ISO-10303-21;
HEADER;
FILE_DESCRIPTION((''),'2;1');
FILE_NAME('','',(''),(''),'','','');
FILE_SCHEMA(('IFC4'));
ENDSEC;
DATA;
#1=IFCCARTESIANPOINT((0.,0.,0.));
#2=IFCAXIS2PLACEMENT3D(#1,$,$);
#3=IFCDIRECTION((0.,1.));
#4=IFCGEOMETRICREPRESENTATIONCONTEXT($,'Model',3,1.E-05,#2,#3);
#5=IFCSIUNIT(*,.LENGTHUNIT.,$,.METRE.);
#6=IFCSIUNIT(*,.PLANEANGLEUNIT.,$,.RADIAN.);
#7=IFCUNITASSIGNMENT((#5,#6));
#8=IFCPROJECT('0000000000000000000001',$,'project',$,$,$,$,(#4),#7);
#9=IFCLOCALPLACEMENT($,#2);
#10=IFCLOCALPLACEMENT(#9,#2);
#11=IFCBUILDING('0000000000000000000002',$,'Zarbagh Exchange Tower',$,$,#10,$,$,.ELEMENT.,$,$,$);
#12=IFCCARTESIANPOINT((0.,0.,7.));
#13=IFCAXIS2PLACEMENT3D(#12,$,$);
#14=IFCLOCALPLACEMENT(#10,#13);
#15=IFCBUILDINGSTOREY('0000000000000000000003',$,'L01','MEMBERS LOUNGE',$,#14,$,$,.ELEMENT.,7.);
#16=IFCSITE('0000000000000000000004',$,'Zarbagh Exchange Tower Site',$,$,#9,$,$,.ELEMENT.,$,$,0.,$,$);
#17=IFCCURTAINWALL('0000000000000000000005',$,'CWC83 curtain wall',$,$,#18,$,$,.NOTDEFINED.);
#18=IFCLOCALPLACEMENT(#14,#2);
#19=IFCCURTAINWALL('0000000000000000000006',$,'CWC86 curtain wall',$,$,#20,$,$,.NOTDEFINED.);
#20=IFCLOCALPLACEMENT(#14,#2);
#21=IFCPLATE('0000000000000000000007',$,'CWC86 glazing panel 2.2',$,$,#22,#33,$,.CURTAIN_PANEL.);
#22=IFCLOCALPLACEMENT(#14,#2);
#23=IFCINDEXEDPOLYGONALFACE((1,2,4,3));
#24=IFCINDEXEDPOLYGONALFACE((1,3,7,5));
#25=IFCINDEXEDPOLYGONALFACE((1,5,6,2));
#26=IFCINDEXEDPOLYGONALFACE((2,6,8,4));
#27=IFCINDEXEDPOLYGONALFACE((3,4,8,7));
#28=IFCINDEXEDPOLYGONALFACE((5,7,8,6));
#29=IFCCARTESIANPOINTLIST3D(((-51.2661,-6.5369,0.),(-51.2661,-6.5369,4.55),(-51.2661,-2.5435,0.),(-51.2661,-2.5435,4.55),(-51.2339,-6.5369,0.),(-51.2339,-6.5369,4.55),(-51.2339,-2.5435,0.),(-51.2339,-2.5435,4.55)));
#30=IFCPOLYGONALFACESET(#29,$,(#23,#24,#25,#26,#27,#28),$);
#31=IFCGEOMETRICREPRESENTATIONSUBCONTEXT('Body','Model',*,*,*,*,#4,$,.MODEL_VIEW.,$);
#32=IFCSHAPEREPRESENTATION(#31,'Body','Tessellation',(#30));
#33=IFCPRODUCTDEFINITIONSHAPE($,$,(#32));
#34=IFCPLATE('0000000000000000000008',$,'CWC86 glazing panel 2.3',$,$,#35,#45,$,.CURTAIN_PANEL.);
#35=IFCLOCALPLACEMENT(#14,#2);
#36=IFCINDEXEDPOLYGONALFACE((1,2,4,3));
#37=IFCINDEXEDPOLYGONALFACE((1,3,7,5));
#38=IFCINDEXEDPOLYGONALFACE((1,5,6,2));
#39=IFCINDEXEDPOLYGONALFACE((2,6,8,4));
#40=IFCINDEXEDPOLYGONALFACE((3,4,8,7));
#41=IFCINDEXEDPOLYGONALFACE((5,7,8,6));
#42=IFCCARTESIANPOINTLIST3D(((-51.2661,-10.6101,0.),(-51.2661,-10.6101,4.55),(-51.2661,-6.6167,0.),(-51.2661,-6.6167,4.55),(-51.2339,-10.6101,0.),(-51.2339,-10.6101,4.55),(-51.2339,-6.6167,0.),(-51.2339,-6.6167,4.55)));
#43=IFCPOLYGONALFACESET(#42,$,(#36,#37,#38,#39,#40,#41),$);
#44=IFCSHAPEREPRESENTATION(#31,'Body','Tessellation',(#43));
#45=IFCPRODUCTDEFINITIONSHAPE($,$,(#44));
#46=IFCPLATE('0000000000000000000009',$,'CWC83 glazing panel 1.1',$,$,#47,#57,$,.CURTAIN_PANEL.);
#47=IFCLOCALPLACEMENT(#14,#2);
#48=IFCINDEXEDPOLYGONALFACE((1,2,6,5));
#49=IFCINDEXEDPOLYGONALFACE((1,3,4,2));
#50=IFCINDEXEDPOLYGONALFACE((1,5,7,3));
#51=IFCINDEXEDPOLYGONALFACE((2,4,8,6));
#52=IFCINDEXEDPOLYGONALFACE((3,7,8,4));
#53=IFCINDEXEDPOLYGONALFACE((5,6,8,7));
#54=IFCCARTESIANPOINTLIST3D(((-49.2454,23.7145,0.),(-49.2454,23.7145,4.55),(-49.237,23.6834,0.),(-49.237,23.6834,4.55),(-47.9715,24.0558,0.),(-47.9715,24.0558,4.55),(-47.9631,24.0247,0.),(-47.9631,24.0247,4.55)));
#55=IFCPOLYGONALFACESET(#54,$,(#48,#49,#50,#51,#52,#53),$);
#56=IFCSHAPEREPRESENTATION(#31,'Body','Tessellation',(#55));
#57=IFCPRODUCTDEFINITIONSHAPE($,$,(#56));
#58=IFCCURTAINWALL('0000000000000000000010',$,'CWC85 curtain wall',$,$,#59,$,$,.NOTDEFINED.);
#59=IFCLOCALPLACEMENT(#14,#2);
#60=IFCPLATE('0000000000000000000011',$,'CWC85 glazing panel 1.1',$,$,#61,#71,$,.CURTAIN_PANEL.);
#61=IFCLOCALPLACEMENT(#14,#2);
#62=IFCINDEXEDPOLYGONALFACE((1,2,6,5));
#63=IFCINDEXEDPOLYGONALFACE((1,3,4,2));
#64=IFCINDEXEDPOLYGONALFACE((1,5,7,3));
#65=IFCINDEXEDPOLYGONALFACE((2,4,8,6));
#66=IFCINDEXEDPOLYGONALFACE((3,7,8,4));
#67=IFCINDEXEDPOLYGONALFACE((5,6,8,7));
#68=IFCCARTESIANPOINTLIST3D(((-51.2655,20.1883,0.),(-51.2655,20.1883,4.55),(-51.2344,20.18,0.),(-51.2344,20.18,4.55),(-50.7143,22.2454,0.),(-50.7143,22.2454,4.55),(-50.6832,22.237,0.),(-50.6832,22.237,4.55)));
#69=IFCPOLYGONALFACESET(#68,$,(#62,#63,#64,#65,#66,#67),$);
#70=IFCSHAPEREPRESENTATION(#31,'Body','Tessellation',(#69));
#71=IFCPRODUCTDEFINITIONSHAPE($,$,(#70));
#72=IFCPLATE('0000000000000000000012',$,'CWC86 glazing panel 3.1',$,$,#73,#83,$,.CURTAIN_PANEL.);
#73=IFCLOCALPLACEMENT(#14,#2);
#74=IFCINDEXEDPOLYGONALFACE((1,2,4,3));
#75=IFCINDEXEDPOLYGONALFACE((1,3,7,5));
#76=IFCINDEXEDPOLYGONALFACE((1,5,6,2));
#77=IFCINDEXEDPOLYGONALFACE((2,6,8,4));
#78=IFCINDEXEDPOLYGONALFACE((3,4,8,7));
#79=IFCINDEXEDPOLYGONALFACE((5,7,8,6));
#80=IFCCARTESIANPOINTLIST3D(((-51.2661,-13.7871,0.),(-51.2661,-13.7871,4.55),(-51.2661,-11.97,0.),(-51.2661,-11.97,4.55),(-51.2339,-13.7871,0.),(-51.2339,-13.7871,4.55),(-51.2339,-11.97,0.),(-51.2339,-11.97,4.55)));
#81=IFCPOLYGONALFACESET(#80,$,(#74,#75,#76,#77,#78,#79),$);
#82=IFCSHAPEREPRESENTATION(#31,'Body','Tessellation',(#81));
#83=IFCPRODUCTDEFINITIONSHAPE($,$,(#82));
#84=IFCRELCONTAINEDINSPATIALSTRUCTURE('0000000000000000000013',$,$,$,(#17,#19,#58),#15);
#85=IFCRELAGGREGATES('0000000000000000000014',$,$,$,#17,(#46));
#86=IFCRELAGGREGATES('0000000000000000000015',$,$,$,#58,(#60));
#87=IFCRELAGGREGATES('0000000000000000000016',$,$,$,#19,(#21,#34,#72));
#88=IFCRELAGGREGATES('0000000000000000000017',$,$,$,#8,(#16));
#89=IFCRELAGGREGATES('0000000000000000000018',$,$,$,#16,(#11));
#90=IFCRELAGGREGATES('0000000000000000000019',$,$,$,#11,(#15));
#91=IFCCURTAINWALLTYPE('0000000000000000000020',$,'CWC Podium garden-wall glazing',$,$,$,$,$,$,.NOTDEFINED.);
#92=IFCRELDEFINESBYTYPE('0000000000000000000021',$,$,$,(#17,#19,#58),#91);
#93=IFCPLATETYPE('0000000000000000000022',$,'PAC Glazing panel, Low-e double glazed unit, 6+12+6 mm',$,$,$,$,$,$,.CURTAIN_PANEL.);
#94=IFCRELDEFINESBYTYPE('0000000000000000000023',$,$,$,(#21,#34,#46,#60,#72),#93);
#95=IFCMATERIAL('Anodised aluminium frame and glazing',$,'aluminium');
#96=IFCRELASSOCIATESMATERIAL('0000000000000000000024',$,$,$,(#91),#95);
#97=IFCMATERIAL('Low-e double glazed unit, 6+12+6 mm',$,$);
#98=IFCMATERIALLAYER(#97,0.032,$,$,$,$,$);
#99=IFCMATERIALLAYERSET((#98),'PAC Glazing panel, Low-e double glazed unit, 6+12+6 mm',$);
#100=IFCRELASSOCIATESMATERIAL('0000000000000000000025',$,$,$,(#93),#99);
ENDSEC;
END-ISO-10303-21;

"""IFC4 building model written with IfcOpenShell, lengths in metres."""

from ifc_helpers import new_model, si_unit, direction, frame, origin, place, context, subcontext, project, spatial, polyline, outline, extrude, source, transform, mapped, material, layer, layer_set, type_object, element, aggregate, save


model = new_model("IFC4")

# Units and contexts
model_context = context("Model", 3, precision=1e-05, world=origin(), true_north=direction((0.0, 1.0)))
body_context = subcontext(model_context, "Body", "Model", "MODEL_VIEW")
ifc_project = project(units=[si_unit("LENGTHUNIT", "METRE"), si_unit("PLANEANGLEUNIT", "RADIAN")], contexts=[model_context])

# Site, building, storey
site_placement = place(None, origin())
site = spatial("IfcSite", under=ifc_project, at=site_placement, Name="Zarbagh Exchange Tower Site", CompositionType="ELEMENT", RefElevation=0.0)
building_placement = place(site_placement, origin())
building = spatial("IfcBuilding", under=site, at=building_placement, Name="Zarbagh Exchange Tower", CompositionType="ELEMENT")
storey_placement = place(building_placement, frame((0.0, 0.0, 7.0)))
storey = spatial("IfcBuildingStorey", under=building, at=storey_placement, Name="L01", Description="MEMBERS LOUNGE", CompositionType="ELEMENT", Elevation=7.0)

# Curtain wall
ifc_material_1 = material(Name="Anodised aluminium frame and glazing", Category="aluminium")
curtain_wall_type = type_object("IfcCurtainWallType", Name="CWC Podium garden-wall glazing", PredefinedType="NOTDEFINED", material=ifc_material_1)
curtain_wall_1_placement = place(storey_placement, origin())
curtain_wall_1 = element("IfcCurtainWall", 1, at=curtain_wall_1_placement, inside=storey, type_object=curtain_wall_type, Name="CWC83 curtain wall", PredefinedType="NOTDEFINED")
placement = place(storey_placement, origin())

# Curtain wall
curtain_wall_2_placement = place(storey_placement, origin())
curtain_wall_2 = element("IfcCurtainWall", 2, at=curtain_wall_2_placement, inside=storey, type_object=curtain_wall_type, Name="CWC86 curtain wall", PredefinedType="NOTDEFINED")

# Shared definitions
ifc_material_2 = material(Name="Low-e double glazed unit, 6+12+6 mm")
ifc_layer = layer(ifc_material_2, 0.032)
ifc_layer_set = layer_set([ifc_layer], Name="PAC Glazing panel, Low-e double glazed unit, 6+12+6 mm")
plate_type = type_object("IfcPlateType", Name="PAC Glazing panel, Low-e double glazed unit, 6+12+6 mm", PredefinedType="CURTAIN_PANEL", material=ifc_layer_set)

# Plates
shared_shape_1 = source(origin(), body_context, "Body", "SweptSolid", [
    extrude(outline(polyline([(0.0, -0.0161), (3.9934, -0.0161), (3.9934, 0.0161), (0.0, 0.0161), (0.0, -0.0161)])), origin(), (0.0, 0.0, 1.0), 4.55),
])
plate_1 = element("IfcPlate", 3, at=placement, type_object=plate_type, Name="CWC86 glazing panel 2.2", PredefinedType="CURTAIN_PANEL", context=body_context, shape_type="MappedRepresentation", body=[
    mapped(shared_shape_1, transform((-51.25, -2.5435, 0.0), x_axis=(0.0, -1.0, 0.0), y_axis=(1.0, 0.0, 0.0), z_axis=(0.0, 0.0, 1.0))),
])
plate_2 = element("IfcPlate", 4, at=placement, type_object=plate_type, Name="CWC86 glazing panel 2.3", PredefinedType="CURTAIN_PANEL", context=body_context, shape_type="MappedRepresentation", body=[
    mapped(shared_shape_1, transform((-51.25, -6.6167, 0.0), x_axis=(0.0, -1.0, 0.0), y_axis=(1.0, 0.0, 0.0), z_axis=(0.0, 0.0, 1.0))),
])
shared_shape_2 = source(origin(), body_context, "Body", "SweptSolid", [
    extrude(outline(polyline([(0.0, -0.0161), (1.3188, -0.0161), (1.3188, 0.0161), (0.0, 0.0161), (0.0, -0.0161)])), origin(), (0.0, 0.0, 1.0), 4.55),
])
plate_3 = element("IfcPlate", 5, at=placement, type_object=plate_type, Name="CWC83 glazing panel 1.1", PredefinedType="CURTAIN_PANEL", context=body_context, shape_type="MappedRepresentation", body=[
    mapped(shared_shape_2, transform((-47.9673, 24.0403, 0.0), x_axis=(-0.965924, -0.258825, 0.0), y_axis=(0.258825, -0.965924, 0.0), z_axis=(0.0, 0.0, 1.0))),
])
aggregate(curtain_wall_1, [plate_3])

# Curtain wall, plate
curtain_wall_3_placement = place(storey_placement, origin())
curtain_wall_3 = element("IfcCurtainWall", 6, at=curtain_wall_3_placement, inside=storey, type_object=curtain_wall_type, Name="CWC85 curtain wall", PredefinedType="NOTDEFINED")
shared_shape_3 = source(origin(), body_context, "Body", "SweptSolid", [
    extrude(outline(polyline([(0.0, -0.0161), (2.1296, -0.0161), (2.1296, 0.0161), (0.0, 0.0161), (0.0, -0.0161)])), origin(), (0.0, 0.0, 1.0), 4.55),
])
plate_4 = element("IfcPlate", 7, at=placement, type_object=plate_type, Name="CWC85 glazing panel 1.1", PredefinedType="CURTAIN_PANEL", context=body_context, shape_type="MappedRepresentation", body=[
    mapped(shared_shape_3, transform((-50.6987, 22.2412, 0.0), x_axis=(-0.258825, -0.965924, 0.0), y_axis=(0.965924, -0.258825, 0.0), z_axis=(0.0, 0.0, 1.0))),
])
aggregate(curtain_wall_3, [plate_4])

# Plate
shared_shape_4 = source(origin(), body_context, "Body", "SweptSolid", [
    extrude(outline(polyline([(0.0, -0.0161), (1.8171, -0.0161), (1.8171, 0.0161), (0.0, 0.0161), (0.0, -0.0161)])), origin(), (0.0, 0.0, 1.0), 4.55),
])
plate_5 = element("IfcPlate", 8, at=placement, type_object=plate_type, Name="CWC86 glazing panel 3.1", PredefinedType="CURTAIN_PANEL", context=body_context, shape_type="MappedRepresentation", body=[
    mapped(shared_shape_4, transform((-51.25, -11.97, 0.0), x_axis=(0.0, -1.0, 0.0), y_axis=(1.0, 0.0, 0.0), z_axis=(0.0, 0.0, 1.0))),
])
aggregate(curtain_wall_2, [plate_1, plate_2, plate_5])

save(model, "model.ifc")
